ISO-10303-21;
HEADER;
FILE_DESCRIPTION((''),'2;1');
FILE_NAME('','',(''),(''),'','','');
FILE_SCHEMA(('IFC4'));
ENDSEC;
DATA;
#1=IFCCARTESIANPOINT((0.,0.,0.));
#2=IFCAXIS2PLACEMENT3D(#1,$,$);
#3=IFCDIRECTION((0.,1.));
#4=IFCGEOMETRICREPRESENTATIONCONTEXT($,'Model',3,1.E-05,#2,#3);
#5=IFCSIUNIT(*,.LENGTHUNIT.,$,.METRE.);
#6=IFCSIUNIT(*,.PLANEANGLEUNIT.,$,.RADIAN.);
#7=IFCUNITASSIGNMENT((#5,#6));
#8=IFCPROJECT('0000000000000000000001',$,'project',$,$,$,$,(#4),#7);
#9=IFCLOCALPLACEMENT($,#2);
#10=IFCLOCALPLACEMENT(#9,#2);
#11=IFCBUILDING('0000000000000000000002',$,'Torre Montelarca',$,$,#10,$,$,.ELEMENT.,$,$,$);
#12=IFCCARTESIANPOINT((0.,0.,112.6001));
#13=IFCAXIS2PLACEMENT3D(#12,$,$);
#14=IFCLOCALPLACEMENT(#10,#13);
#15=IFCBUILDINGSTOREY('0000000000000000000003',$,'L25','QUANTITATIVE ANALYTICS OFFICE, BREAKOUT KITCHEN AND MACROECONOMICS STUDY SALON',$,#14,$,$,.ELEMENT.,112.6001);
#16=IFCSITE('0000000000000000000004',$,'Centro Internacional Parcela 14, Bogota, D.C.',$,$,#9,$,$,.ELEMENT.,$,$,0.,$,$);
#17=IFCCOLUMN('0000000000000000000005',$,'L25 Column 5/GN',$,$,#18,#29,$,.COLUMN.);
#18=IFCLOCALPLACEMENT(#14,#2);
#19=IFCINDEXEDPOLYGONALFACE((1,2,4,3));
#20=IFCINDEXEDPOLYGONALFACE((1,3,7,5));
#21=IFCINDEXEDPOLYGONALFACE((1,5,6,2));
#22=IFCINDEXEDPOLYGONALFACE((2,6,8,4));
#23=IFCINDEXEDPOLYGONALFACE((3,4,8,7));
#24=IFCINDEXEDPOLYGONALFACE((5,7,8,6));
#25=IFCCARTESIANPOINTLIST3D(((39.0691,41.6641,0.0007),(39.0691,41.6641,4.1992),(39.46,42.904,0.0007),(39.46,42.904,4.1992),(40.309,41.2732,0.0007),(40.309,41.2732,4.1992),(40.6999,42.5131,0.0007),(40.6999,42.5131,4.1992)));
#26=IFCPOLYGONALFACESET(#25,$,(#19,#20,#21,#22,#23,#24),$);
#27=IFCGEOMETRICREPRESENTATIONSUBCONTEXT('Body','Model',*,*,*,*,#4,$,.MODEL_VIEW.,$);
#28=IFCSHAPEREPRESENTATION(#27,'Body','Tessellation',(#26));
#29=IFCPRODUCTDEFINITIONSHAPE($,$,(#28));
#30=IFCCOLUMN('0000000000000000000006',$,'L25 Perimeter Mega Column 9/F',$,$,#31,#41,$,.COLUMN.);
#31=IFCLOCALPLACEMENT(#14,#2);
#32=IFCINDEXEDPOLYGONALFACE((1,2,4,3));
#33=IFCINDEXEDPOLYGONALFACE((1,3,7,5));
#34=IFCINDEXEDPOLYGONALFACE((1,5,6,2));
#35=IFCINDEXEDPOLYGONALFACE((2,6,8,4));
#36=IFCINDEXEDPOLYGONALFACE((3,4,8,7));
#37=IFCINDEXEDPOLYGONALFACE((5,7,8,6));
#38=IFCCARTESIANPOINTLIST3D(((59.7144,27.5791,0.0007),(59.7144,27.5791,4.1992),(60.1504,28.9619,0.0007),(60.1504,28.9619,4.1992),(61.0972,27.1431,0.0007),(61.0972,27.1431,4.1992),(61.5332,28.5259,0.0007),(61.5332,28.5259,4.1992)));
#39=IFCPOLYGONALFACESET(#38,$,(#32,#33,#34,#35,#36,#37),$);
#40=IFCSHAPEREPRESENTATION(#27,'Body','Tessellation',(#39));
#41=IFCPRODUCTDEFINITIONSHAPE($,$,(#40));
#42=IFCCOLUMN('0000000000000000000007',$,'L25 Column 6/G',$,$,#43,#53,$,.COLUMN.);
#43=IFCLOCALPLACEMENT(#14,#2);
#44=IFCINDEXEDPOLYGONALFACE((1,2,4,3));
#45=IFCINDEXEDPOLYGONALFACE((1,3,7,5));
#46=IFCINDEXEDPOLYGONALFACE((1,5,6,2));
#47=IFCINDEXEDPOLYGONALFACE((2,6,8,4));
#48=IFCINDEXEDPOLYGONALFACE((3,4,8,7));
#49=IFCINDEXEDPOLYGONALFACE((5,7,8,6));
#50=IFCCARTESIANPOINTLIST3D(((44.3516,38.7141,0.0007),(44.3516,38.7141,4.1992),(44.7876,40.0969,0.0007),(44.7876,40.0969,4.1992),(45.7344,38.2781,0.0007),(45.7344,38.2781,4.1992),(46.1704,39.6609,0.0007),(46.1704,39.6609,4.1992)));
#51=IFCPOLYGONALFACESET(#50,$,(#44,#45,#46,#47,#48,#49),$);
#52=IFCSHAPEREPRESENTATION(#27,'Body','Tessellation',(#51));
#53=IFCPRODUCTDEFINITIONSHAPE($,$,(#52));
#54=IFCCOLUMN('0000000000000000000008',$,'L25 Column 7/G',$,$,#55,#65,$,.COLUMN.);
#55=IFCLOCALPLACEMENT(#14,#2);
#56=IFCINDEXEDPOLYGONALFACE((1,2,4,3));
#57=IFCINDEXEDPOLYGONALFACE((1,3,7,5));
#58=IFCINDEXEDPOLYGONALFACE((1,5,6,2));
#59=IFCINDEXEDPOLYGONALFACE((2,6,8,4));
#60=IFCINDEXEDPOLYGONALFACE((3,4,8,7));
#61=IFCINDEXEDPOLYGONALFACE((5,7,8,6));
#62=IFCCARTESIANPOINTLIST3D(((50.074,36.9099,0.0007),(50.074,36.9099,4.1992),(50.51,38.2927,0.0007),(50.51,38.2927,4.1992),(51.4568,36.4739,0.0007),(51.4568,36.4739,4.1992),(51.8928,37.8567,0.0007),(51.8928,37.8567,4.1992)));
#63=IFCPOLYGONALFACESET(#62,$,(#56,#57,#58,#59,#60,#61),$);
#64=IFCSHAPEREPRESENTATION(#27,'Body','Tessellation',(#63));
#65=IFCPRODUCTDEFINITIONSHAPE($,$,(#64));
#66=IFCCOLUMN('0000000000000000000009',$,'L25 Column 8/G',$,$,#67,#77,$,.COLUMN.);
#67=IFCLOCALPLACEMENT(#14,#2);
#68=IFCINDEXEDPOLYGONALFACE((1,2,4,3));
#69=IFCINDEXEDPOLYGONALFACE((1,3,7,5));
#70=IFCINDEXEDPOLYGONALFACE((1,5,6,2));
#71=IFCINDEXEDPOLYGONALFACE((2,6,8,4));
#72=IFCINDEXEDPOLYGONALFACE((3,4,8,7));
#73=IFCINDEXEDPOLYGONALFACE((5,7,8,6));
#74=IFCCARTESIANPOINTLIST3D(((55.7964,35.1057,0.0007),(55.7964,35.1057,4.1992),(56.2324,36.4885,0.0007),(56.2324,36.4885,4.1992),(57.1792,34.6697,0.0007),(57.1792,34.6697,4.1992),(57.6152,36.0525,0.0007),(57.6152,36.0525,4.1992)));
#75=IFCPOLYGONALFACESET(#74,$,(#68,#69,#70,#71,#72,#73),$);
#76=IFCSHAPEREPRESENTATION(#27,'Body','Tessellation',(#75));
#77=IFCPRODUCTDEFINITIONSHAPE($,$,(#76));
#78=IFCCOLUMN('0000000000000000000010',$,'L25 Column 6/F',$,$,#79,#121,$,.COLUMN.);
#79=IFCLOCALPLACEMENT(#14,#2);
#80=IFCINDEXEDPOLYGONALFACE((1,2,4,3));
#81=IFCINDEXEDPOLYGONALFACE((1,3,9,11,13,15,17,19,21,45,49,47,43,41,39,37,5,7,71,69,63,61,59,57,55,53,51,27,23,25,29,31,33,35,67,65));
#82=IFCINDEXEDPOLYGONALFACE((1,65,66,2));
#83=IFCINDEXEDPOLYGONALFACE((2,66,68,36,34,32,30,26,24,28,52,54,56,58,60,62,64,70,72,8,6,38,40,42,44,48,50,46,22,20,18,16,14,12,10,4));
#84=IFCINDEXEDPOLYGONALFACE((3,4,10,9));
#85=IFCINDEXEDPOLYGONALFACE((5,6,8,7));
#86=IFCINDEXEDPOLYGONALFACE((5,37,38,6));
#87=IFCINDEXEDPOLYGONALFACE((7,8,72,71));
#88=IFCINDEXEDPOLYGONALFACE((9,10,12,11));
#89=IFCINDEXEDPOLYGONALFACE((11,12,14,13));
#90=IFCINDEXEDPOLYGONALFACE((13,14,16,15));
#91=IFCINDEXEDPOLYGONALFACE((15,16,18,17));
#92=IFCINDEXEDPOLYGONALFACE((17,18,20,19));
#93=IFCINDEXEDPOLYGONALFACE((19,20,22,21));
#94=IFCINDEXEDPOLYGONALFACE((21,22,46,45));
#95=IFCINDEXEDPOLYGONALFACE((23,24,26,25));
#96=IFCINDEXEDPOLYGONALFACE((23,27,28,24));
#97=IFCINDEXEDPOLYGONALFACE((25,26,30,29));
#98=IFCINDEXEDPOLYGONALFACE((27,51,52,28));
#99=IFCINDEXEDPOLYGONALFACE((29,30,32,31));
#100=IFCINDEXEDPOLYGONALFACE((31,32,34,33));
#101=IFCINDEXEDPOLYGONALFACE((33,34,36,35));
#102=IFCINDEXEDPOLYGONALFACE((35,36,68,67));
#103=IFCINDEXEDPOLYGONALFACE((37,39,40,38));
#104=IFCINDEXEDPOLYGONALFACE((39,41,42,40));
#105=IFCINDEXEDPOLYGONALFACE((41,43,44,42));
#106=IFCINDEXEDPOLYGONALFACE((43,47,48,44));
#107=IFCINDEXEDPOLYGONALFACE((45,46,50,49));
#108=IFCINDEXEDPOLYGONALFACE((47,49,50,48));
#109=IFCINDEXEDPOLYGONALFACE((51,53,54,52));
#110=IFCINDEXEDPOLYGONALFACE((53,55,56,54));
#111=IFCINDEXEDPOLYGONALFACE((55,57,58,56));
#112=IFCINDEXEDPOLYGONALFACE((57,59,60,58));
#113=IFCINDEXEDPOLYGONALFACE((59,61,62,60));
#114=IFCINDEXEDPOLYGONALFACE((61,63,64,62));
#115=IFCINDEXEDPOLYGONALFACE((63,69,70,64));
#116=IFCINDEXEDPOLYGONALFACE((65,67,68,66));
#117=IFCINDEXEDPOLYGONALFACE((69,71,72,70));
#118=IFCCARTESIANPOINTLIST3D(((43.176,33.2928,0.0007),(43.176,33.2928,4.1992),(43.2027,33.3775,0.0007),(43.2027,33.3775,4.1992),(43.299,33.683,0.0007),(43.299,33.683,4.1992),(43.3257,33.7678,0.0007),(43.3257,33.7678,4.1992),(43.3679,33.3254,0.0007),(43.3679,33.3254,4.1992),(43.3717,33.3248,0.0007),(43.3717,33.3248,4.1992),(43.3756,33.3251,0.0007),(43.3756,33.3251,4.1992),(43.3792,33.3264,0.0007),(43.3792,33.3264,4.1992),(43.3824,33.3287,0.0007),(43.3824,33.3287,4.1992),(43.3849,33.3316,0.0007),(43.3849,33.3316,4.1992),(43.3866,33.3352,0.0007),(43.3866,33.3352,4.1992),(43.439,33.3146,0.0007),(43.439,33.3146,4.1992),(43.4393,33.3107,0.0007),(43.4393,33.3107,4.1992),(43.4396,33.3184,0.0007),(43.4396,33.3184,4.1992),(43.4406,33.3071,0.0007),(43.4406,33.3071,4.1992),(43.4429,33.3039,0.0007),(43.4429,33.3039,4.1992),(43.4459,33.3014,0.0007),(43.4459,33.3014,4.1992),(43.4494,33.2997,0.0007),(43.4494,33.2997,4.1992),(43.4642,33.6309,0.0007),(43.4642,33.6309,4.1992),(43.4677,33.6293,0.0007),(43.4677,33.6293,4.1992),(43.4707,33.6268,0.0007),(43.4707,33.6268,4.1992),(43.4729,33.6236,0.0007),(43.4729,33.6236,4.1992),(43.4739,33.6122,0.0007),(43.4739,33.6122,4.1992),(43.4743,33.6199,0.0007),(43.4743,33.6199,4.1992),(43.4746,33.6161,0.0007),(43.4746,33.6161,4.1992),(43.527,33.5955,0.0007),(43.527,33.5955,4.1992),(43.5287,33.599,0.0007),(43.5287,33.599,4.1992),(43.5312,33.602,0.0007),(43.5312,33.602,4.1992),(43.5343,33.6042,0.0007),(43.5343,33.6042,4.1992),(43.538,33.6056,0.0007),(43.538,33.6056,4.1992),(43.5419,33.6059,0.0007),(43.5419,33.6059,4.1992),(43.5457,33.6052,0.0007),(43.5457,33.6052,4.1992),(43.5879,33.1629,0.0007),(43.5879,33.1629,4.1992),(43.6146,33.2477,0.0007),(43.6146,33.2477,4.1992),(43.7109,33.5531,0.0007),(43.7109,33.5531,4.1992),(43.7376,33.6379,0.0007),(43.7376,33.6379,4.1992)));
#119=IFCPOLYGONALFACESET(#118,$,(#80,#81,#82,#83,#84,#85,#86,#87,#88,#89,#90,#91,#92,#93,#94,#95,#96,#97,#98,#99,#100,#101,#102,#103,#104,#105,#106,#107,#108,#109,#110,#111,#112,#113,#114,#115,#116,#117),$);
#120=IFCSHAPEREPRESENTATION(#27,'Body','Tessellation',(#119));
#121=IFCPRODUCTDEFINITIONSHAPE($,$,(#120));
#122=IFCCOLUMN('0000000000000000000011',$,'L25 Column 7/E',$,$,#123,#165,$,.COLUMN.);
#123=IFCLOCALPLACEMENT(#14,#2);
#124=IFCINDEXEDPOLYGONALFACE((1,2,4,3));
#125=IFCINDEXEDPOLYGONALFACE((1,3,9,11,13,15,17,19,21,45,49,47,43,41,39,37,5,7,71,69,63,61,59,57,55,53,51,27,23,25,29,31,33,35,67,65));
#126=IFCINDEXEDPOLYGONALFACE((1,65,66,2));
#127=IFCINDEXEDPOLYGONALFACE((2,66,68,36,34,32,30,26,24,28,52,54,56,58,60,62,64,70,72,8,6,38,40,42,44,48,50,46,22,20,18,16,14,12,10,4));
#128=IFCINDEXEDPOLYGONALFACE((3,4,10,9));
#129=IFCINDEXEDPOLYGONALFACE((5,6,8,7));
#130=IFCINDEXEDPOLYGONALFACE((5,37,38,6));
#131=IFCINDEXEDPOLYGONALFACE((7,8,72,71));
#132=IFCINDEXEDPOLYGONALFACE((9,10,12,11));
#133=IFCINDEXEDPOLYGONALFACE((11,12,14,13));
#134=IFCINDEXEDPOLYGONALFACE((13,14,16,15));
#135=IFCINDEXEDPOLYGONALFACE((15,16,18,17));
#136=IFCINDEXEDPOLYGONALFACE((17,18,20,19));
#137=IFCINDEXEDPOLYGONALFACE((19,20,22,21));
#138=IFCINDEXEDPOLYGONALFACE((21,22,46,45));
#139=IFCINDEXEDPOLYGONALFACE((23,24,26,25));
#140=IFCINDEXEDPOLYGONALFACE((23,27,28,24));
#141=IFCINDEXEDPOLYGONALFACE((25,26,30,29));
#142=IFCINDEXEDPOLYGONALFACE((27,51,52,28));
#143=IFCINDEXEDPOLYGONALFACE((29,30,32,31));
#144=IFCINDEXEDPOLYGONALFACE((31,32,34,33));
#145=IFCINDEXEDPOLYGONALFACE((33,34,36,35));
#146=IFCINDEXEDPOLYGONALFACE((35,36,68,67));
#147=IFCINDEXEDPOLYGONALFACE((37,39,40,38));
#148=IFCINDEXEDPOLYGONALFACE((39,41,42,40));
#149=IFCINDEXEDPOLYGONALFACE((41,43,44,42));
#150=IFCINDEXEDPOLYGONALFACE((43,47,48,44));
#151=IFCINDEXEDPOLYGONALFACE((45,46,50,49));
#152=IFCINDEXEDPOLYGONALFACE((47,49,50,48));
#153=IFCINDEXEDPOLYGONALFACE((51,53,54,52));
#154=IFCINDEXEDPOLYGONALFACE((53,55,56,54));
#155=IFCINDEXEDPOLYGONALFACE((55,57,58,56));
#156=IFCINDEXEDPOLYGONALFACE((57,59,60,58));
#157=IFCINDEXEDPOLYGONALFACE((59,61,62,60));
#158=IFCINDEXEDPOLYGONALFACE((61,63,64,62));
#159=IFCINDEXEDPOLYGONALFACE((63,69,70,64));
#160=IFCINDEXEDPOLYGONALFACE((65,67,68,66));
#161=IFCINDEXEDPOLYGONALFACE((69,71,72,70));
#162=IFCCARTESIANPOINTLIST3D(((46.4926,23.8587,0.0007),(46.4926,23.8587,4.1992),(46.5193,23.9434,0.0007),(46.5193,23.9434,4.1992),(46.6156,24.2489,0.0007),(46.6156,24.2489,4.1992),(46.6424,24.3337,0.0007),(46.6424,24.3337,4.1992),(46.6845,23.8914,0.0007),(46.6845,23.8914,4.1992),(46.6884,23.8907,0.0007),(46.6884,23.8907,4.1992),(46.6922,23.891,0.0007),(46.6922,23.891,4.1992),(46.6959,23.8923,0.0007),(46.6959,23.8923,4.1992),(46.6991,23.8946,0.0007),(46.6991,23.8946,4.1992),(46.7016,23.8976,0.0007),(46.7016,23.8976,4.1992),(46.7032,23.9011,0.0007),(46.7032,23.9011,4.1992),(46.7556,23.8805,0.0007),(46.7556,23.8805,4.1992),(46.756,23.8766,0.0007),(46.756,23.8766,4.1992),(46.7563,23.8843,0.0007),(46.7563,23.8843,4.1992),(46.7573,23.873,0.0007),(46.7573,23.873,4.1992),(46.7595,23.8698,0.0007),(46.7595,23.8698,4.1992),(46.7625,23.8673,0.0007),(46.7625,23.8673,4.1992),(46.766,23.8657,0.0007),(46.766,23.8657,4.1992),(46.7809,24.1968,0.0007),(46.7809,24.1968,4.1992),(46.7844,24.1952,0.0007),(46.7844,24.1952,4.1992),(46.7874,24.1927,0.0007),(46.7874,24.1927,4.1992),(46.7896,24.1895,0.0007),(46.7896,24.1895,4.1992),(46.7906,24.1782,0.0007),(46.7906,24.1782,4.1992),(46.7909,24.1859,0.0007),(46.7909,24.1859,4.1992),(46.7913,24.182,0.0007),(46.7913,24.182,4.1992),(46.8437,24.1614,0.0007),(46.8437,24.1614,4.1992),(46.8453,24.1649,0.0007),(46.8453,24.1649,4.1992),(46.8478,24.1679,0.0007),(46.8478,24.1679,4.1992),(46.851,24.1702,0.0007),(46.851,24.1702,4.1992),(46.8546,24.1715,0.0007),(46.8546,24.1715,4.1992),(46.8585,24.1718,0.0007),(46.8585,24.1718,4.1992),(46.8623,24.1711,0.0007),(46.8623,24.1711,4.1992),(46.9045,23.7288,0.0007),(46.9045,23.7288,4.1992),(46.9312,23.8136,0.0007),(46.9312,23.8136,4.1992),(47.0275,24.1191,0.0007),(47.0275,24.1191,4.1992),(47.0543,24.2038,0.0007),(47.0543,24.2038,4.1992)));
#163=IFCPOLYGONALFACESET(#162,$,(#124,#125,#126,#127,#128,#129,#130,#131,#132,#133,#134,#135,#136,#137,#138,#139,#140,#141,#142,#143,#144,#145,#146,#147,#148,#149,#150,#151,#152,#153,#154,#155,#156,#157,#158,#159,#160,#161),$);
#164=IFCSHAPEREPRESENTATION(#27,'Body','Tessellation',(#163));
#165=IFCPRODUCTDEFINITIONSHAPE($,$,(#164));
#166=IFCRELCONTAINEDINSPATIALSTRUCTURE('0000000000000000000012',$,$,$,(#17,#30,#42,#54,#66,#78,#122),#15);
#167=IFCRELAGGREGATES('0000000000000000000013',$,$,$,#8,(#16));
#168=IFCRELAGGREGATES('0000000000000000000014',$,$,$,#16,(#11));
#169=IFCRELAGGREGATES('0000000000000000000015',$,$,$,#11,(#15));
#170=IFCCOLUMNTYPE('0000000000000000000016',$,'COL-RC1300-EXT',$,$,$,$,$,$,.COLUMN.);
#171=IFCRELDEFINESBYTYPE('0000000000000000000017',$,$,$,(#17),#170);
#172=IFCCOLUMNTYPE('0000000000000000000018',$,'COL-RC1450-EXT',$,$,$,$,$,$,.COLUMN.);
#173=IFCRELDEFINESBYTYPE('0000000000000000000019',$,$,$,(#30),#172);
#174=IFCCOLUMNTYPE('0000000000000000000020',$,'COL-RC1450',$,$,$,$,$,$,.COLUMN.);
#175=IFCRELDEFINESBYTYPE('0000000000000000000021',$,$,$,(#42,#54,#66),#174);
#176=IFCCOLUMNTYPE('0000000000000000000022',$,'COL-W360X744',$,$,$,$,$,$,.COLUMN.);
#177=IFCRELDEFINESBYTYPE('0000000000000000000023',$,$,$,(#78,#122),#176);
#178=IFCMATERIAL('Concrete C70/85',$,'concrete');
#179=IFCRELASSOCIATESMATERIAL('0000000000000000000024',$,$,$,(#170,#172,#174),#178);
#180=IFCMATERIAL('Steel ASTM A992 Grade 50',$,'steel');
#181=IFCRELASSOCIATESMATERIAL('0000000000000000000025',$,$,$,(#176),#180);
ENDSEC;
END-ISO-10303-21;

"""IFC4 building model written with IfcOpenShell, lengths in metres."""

from ifc_helpers import new_model, si_unit, direction, frame, origin, origin_2d, place, context, subcontext, project, spatial, rectangle, i_section, extrude, source, transform, mapped, material, material_profile, profile_set, type_object, element, save


model = new_model("IFC4")

# Units and contexts
model_context = context("Model", 3, precision=1e-05, world=origin(), true_north=direction((0.0, 1.0)))
body_context = subcontext(model_context, "Body", "Model", "MODEL_VIEW")
ifc_project = project(units=[si_unit("LENGTHUNIT", "METRE"), si_unit("PLANEANGLEUNIT", "RADIAN")], contexts=[model_context])

# Site, building, storey
site_placement = place(None, origin())
site = spatial("IfcSite", under=ifc_project, at=site_placement, Name="Centro Internacional Parcela 14, Bogota, D.C.", CompositionType="ELEMENT", RefElevation=0.0)
building_placement = place(site_placement, origin())
building = spatial("IfcBuilding", under=site, at=building_placement, Name="Torre Montelarca", CompositionType="ELEMENT")
storey_placement = place(building_placement, frame((0.0, 0.0, 112.6001)))
storey = spatial("IfcBuildingStorey", under=building, at=storey_placement, Name="L25", Description="QUANTITATIVE ANALYTICS OFFICE, BREAKOUT KITCHEN AND MACROECONOMICS STUDY SALON", CompositionType="ELEMENT", Elevation=112.6001)

# Columns
ifc_material_1 = material(Name="Concrete C70/85", Category="concrete")
ifc_material_profile_1 = material_profile(ifc_material_1, rectangle(XDim=1.3, YDim=1.3, at=origin_2d()), Name="RC1300X1300", Category="concrete")
ifc_profile_set_1 = profile_set([ifc_material_profile_1], Name="Concrete C70/85")
column_type_1 = type_object("IfcColumnType", Name="COL-RC1300-EXT", PredefinedType="COLUMN", material=ifc_profile_set_1)
shared_shape_1 = source(origin(), body_context, "Body", "SweptSolid", [
    extrude(rectangle(XDim=1.3, YDim=1.3, at=origin_2d()), origin(), (0.0, 0.0, 1.0), 4.1985),
])
column_1_placement = place(storey_placement, frame((39.8845, 42.0886, 0.0007), z_axis=(0.0, 0.0, 1.0), x_axis=(-0.953717, 0.300706, 0.0)))
element("IfcColumn", 1, at=column_1_placement, inside=storey, type_object=column_type_1, Name="L25 Column 5/GN", PredefinedType="COLUMN", context=body_context, shape_type="MappedRepresentation", body=[
    mapped(shared_shape_1, transform((0.0, 0.0, 0.0), scale=1.0)),
])
ifc_material_profile_2 = material_profile(ifc_material_1, rectangle(XDim=1.45, YDim=1.45, at=origin_2d()), Name="RC1450X1450", Category="concrete")
ifc_profile_set_2 = profile_set([ifc_material_profile_2], Name="Concrete C70/85")
column_type_2 = type_object("IfcColumnType", Name="COL-RC1450-EXT", PredefinedType="COLUMN", material=ifc_profile_set_2)
shared_shape_2 = source(origin(), body_context, "Body", "SweptSolid", [
    extrude(rectangle(XDim=1.45, YDim=1.45, at=origin_2d()), origin(), (0.0, 0.0, 1.0), 4.1985),
])
column_2_placement = place(storey_placement, frame((60.6238, 28.0525, 0.0007), z_axis=(0.0, 0.0, 1.0), x_axis=(-0.953717, 0.300706, 0.0)))
element("IfcColumn", 2, at=column_2_placement, inside=storey, type_object=column_type_2, Name="L25 Perimeter Mega Column 9/F", PredefinedType="COLUMN", context=body_context, shape_type="MappedRepresentation", body=[
    mapped(shared_shape_2, transform((0.0, 0.0, 0.0), scale=1.0)),
])
ifc_material_profile_3 = material_profile(ifc_material_1, rectangle(XDim=1.45, YDim=1.45, at=origin_2d()), Name="RC1450X1450", Category="concrete")
ifc_profile_set_3 = profile_set([ifc_material_profile_3], Name="Concrete C70/85")
column_type_3 = type_object("IfcColumnType", Name="COL-RC1450", PredefinedType="COLUMN", material=ifc_profile_set_3)
shared_shape_3 = source(origin(), body_context, "Body", "SweptSolid", [
    extrude(rectangle(XDim=1.45, YDim=1.45, at=origin_2d()), origin(), (0.0, 0.0, 1.0), 4.1985),
])
for number, where, z_axis, x_axis, name in (
    (3, (45.261, 39.1875, 0.0007), (0.0, 0.0, 1.0), (-0.953717, 0.300706, 0.0), "L25 Column 6/G"),
    (4, (50.9834, 37.3833, 0.0007), (0.0, 0.0, 1.0), (-0.953717, 0.300706, 0.0), "L25 Column 7/G"),
    (5, (56.7058, 35.5791, 0.0007), (0.0, 0.0, 1.0), (-0.953717, 0.300706, 0.0), "L25 Column 8/G"),
):
    element("IfcColumn", number, at=place(storey_placement, frame(where, z_axis=z_axis, x_axis=x_axis)), inside=storey, type_object=column_type_3, Name=name, PredefinedType="COLUMN", context=body_context, shape_type="MappedRepresentation", body=[
        mapped(shared_shape_3, transform((0.0, 0.0, 0.0), scale=1.0)),
    ])
ifc_material_2 = material(Name="Steel ASTM A992 Grade 50", Category="steel")
ifc_material_profile_4 = material_profile(ifc_material_2, i_section(OverallWidth=0.4319, OverallDepth=0.498, WebThickness=0.0557, FlangeThickness=0.0889, FilletRadius=0.0149, at=origin_2d()), Name="W360X744", Category="steel")
ifc_profile_set_4 = profile_set([ifc_material_profile_4], Name="Steel ASTM A992 Grade 50")
column_type_4 = type_object("IfcColumnType", Name="COL-W360X744", PredefinedType="COLUMN", material=ifc_profile_set_4)
shared_shape_4 = source(origin(), body_context, "Body", "SweptSolid", [
    extrude(i_section(OverallWidth=0.4319, OverallDepth=0.498, WebThickness=0.0557, FlangeThickness=0.0889, FilletRadius=0.0149, at=origin_2d()), origin(), (0.0, 0.0, 1.0), 4.1985),
])
for number, where, z_axis, x_axis, name in (
    (6, (43.4568, 33.4653, 0.0007), (0.0, 0.0, 1.0), (-0.953717, 0.300706, 0.0), "L25 Column 6/F"),
    (7, (46.7734, 24.0312, 0.0007), (0.0, 0.0, 1.0), (-0.953717, 0.300706, 0.0), "L25 Column 7/E"),
):
    element("IfcColumn", number, at=place(storey_placement, frame(where, z_axis=z_axis, x_axis=x_axis)), inside=storey, type_object=column_type_4, Name=name, PredefinedType="COLUMN", context=body_context, shape_type="MappedRepresentation", body=[
        mapped(shared_shape_4, transform((0.0, 0.0, 0.0), scale=1.0)),
    ])

save(model, "model.ifc")
